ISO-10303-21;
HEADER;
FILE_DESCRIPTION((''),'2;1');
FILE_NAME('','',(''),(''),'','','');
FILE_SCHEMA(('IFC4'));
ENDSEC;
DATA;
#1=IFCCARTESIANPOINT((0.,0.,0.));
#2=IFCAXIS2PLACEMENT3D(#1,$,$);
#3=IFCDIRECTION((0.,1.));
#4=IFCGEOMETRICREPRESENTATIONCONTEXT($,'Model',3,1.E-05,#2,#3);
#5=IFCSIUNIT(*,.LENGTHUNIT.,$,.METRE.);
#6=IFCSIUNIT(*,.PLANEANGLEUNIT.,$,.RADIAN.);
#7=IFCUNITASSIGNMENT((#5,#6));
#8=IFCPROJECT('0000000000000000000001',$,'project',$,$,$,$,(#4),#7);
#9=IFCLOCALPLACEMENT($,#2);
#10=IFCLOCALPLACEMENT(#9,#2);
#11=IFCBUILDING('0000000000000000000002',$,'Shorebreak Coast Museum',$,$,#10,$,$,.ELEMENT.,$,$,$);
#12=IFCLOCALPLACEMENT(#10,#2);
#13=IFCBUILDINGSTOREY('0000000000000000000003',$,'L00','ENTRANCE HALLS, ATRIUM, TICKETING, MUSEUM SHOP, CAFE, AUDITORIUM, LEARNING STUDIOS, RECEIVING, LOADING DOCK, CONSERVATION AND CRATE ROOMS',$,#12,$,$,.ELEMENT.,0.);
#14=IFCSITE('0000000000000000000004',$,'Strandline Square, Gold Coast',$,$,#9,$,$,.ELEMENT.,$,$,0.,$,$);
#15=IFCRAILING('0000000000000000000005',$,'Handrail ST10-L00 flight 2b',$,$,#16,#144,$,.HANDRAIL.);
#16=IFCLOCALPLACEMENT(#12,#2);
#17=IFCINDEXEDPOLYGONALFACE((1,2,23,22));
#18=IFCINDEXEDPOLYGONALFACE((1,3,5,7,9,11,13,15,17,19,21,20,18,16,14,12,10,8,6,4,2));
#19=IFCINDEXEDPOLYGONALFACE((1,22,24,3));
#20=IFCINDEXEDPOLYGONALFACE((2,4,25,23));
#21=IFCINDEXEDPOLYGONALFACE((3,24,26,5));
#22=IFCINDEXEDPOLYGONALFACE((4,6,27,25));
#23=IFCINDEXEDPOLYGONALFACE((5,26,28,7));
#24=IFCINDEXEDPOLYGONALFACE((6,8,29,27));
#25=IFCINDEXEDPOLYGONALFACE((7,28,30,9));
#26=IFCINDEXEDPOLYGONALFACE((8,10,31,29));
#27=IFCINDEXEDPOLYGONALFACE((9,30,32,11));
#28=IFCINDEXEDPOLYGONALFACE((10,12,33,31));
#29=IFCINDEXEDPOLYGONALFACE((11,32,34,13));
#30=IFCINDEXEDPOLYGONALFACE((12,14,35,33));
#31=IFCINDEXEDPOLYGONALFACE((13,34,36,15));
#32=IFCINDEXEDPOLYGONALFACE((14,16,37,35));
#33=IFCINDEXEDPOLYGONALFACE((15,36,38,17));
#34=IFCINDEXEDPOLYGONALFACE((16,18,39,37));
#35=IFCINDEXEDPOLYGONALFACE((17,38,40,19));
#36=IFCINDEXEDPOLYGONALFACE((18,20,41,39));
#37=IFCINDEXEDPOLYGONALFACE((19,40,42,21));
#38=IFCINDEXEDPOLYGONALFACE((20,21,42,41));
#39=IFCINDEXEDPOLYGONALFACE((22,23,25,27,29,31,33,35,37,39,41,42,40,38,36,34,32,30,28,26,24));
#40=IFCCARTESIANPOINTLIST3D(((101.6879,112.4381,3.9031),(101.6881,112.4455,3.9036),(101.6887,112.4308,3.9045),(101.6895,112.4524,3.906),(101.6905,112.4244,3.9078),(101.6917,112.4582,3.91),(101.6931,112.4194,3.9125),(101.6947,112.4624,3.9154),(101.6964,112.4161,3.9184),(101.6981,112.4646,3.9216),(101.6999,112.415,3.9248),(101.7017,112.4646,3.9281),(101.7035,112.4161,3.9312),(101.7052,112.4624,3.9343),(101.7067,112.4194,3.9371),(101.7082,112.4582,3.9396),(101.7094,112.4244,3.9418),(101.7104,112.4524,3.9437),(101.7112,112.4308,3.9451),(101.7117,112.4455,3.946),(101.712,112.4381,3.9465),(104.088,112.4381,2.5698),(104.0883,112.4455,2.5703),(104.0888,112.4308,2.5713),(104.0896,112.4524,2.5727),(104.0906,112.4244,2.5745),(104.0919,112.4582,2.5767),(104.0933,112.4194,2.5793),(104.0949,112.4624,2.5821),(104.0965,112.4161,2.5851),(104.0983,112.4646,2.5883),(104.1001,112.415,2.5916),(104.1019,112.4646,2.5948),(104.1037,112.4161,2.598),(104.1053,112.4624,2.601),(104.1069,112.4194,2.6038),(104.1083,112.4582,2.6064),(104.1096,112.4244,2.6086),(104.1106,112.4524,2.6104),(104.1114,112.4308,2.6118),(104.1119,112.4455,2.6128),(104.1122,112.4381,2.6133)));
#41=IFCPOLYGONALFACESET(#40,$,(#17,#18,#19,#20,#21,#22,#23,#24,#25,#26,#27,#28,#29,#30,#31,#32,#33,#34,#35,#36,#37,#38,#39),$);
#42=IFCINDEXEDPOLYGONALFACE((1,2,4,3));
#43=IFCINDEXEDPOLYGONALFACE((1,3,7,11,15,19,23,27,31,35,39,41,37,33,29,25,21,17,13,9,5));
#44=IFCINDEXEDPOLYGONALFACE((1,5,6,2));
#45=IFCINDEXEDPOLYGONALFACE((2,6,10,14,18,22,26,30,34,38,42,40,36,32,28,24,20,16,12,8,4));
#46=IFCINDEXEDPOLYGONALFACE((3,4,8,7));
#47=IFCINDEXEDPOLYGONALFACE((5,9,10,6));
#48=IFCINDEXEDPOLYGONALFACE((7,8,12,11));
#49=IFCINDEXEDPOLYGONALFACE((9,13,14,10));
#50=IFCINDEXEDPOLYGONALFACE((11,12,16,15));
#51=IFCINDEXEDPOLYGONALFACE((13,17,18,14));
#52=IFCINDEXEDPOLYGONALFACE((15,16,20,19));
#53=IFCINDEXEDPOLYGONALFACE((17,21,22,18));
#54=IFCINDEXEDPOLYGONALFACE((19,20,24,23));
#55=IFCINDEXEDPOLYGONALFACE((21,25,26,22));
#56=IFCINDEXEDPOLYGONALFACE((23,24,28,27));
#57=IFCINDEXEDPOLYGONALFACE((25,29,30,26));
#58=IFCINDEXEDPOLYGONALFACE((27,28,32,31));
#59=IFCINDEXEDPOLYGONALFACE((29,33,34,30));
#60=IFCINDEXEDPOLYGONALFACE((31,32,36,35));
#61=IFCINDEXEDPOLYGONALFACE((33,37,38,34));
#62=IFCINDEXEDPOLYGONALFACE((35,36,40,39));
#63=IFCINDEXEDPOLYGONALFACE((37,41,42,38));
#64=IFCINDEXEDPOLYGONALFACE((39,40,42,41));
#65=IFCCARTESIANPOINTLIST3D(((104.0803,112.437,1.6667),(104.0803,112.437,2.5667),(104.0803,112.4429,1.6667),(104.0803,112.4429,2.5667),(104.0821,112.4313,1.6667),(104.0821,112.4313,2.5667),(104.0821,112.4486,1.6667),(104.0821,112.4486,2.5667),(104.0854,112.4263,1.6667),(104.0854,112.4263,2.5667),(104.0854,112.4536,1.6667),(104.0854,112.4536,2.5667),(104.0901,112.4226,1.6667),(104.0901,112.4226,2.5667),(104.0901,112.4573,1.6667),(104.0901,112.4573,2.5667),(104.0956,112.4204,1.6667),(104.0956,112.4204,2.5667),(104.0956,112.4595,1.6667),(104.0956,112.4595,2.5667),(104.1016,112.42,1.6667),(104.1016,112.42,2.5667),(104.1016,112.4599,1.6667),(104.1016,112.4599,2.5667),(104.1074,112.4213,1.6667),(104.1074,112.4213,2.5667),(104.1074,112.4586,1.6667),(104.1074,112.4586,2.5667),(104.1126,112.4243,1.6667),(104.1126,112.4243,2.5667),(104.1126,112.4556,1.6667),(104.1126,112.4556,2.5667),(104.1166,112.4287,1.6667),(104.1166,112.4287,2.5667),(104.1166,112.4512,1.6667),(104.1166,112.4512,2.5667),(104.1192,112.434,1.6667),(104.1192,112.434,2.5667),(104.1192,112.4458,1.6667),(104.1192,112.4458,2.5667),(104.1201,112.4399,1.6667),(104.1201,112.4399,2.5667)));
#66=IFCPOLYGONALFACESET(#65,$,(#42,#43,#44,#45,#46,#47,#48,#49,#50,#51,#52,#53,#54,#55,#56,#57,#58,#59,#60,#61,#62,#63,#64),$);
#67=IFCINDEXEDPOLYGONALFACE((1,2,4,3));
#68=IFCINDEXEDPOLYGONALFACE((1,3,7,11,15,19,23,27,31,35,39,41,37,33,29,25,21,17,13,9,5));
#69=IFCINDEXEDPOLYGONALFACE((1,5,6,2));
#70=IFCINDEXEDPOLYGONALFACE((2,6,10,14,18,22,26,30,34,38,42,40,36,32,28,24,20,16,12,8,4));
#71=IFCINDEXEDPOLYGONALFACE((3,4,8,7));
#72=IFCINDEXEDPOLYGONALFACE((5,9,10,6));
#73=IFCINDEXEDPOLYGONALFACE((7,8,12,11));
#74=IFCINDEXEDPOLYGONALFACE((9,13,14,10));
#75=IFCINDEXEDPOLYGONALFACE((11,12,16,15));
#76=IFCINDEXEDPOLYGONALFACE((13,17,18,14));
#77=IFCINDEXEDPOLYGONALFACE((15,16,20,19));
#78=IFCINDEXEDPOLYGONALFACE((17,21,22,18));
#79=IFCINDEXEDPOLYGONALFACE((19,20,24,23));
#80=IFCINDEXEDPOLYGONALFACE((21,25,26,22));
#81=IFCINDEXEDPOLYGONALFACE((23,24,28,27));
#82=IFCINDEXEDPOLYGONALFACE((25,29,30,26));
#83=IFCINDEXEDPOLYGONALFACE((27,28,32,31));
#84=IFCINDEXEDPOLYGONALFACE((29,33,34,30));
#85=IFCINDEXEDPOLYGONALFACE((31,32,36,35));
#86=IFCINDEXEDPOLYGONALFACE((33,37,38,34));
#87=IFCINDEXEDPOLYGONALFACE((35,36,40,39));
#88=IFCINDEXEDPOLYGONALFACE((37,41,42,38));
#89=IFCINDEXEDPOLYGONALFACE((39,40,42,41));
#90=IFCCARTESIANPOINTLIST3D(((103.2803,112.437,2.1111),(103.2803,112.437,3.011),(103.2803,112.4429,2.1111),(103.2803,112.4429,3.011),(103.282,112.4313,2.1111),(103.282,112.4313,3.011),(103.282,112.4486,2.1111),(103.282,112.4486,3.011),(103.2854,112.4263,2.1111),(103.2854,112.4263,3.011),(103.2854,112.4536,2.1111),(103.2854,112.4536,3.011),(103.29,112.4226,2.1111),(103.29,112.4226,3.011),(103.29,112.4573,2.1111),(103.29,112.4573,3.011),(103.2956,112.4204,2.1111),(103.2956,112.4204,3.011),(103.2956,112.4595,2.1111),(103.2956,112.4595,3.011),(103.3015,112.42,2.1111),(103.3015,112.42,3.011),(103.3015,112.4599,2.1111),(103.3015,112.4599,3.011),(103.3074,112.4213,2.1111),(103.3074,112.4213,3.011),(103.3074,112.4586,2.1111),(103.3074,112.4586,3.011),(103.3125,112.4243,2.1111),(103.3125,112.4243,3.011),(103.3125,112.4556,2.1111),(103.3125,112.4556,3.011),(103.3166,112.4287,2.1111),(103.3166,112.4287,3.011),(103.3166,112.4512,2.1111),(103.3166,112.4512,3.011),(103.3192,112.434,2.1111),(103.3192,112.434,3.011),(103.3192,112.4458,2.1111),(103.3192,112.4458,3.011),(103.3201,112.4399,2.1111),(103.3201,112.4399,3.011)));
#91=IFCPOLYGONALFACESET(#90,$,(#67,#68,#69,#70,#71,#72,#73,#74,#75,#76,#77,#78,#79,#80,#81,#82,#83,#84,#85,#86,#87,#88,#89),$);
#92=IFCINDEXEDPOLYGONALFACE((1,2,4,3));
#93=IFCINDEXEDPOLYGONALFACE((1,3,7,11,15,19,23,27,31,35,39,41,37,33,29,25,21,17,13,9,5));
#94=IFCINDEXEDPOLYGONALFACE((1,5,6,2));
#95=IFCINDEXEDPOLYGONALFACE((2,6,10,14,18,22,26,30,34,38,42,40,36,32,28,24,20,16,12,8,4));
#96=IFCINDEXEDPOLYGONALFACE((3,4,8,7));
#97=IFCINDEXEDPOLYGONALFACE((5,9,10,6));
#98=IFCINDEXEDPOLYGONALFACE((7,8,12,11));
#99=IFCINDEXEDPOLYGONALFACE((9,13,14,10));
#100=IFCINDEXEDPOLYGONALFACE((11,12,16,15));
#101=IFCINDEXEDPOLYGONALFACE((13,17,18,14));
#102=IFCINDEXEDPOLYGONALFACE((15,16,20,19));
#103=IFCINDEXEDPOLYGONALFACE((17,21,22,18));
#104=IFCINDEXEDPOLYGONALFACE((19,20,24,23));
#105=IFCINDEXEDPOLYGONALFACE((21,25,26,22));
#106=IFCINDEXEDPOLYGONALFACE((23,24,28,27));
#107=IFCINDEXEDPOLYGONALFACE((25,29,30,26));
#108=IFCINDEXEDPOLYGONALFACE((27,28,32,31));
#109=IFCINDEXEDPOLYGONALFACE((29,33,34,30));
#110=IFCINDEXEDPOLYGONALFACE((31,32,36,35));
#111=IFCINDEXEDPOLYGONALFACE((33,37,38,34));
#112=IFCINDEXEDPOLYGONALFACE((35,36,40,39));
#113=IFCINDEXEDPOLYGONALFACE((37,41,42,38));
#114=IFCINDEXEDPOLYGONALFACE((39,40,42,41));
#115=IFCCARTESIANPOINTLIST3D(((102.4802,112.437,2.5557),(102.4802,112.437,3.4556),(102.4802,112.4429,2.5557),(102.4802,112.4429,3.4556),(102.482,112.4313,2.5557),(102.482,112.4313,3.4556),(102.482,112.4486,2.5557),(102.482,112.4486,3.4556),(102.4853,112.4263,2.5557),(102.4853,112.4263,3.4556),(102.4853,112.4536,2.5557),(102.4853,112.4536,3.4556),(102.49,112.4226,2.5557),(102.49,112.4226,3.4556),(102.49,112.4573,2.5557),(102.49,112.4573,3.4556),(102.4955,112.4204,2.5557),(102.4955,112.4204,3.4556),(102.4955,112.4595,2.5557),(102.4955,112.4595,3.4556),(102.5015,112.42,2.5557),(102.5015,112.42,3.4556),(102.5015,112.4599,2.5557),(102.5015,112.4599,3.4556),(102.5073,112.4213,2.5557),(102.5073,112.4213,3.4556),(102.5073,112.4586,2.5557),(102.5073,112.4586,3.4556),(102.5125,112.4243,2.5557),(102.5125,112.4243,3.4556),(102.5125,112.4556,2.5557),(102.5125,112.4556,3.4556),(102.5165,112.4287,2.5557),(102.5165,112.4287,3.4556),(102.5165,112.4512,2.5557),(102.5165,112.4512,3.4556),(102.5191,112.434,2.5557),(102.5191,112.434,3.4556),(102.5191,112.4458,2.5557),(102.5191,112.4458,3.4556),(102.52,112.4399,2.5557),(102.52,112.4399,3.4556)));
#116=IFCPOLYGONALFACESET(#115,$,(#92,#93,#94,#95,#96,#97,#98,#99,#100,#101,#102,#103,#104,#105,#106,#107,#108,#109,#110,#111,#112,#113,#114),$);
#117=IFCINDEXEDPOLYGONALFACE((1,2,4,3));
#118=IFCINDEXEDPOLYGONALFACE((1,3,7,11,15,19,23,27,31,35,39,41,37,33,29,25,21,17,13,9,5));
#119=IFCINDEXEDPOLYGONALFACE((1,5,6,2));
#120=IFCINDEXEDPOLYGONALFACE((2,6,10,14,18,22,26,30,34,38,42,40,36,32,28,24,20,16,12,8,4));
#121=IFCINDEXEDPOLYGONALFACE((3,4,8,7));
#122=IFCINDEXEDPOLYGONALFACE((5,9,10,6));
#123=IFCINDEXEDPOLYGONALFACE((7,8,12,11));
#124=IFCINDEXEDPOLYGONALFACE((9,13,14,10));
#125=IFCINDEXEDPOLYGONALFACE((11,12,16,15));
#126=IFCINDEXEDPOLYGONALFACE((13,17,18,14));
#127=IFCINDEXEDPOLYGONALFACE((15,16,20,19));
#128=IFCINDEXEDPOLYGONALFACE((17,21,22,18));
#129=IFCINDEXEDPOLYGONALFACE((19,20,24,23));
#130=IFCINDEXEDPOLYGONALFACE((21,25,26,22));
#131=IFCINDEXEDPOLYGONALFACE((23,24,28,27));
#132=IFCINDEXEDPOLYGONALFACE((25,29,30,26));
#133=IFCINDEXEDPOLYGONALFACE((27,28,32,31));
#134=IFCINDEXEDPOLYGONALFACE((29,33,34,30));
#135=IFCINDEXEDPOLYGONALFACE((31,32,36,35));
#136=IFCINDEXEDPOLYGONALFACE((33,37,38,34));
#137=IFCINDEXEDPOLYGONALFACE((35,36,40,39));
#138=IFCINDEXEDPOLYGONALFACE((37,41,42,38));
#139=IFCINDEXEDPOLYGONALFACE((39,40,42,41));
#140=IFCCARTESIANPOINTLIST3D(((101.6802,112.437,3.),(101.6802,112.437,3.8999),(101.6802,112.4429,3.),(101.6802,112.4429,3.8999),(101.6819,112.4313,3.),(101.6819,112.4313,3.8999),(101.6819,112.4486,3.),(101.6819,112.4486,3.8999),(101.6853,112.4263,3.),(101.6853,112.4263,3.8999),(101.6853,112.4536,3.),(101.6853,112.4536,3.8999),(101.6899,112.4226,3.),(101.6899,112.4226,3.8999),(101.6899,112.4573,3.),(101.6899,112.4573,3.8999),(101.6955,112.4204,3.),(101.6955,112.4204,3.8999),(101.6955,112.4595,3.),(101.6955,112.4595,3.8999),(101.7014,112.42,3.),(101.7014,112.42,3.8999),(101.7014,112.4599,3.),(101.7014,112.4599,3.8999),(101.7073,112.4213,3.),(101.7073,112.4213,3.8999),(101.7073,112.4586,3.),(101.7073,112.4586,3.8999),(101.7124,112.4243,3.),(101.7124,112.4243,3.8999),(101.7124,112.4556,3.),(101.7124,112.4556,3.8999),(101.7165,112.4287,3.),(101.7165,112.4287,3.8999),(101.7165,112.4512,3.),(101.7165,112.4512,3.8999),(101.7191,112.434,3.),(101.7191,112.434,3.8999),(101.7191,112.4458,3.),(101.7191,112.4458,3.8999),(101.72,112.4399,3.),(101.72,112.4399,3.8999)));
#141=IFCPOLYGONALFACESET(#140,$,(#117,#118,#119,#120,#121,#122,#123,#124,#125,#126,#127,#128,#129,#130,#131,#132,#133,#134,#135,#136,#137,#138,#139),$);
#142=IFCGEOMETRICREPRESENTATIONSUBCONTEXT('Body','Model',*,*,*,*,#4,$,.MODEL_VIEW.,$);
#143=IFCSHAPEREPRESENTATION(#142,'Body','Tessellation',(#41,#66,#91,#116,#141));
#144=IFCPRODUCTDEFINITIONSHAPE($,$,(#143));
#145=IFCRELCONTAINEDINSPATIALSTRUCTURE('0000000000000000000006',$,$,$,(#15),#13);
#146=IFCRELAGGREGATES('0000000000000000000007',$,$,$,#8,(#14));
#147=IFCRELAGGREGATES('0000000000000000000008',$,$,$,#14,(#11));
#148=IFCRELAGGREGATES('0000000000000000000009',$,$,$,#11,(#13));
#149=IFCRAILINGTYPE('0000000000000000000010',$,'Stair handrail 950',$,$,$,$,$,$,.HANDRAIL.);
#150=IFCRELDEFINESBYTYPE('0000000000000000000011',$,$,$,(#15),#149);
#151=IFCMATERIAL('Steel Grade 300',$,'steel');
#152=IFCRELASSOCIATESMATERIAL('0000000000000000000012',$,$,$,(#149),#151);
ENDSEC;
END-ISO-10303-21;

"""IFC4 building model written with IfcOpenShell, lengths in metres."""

from ifc_helpers import new_model, si_unit, direction, frame, origin, origin_2d, place, context, subcontext, project, spatial, circle, extrude, material, type_object, element, save


model = new_model("IFC4")

# Units and contexts
model_context = context("Model", 3, precision=1e-05, world=origin(), true_north=direction((0.0, 1.0)))
body_context = subcontext(model_context, "Body", "Model", "MODEL_VIEW")
ifc_project = project(units=[si_unit("LENGTHUNIT", "METRE"), si_unit("PLANEANGLEUNIT", "RADIAN")], contexts=[model_context])

# Site, building, storey
site_placement = place(None, origin())
site = spatial("IfcSite", under=ifc_project, at=site_placement, Name="Strandline Square, Gold Coast", CompositionType="ELEMENT", RefElevation=0.0)
building_placement = place(site_placement, origin())
building = spatial("IfcBuilding", under=site, at=building_placement, Name="Shorebreak Coast Museum", CompositionType="ELEMENT")
storey_placement = place(building_placement, origin())
storey = spatial("IfcBuildingStorey", under=building, at=storey_placement, Name="L00", Description="ENTRANCE HALLS, ATRIUM, TICKETING, MUSEUM SHOP, CAFE, AUDITORIUM, LEARNING STUDIOS, RECEIVING, LOADING DOCK, CONSERVATION AND CRATE ROOMS", CompositionType="ELEMENT", Elevation=0.0)

# Railing
ifc_material_1 = material(Name="Steel Grade 300", Category="steel")
railing_type_1 = type_object("IfcRailingType", Name="Stair handrail 950", PredefinedType="HANDRAIL", material=ifc_material_1)
for number, where, name in (
    (1, (104.1001, 112.4399, 1.6667), "Handrail ST10-L00 flight 2b"),
):
    element("IfcRailing", number, at=place(storey_placement, frame(where)), inside=storey, type_object=railing_type_1, Name=name, PredefinedType="HANDRAIL", context=body_context, shape_type="SweptSolid", body=[
        extrude(circle(Radius=0.0249, at=origin_2d()), frame((0.0, 0.0, 0.9248), z_axis=(-0.874182, 0.0, 0.485598), x_axis=(0.0, -1.0, 0.0)), (0.0, 0.0, 1.0), 2.7456),
        extrude(circle(Radius=0.02, at=origin_2d()), origin(), (0.0, 0.0, 1.0), 0.8999),
        extrude(circle(Radius=0.02, at=origin_2d()), frame((-0.8, 0.0, 0.4443)), (0.0, 0.0, 1.0), 0.8999),
        extrude(circle(Radius=0.02, at=origin_2d()), frame((-1.6001, 0.0, 0.8889)), (0.0, 0.0, 1.0), 0.8999),
        extrude(circle(Radius=0.02, at=origin_2d()), frame((-2.4001, 0.0, 1.3333)), (0.0, 0.0, 1.0), 0.8999),
    ])

save(model, "model.ifc")
